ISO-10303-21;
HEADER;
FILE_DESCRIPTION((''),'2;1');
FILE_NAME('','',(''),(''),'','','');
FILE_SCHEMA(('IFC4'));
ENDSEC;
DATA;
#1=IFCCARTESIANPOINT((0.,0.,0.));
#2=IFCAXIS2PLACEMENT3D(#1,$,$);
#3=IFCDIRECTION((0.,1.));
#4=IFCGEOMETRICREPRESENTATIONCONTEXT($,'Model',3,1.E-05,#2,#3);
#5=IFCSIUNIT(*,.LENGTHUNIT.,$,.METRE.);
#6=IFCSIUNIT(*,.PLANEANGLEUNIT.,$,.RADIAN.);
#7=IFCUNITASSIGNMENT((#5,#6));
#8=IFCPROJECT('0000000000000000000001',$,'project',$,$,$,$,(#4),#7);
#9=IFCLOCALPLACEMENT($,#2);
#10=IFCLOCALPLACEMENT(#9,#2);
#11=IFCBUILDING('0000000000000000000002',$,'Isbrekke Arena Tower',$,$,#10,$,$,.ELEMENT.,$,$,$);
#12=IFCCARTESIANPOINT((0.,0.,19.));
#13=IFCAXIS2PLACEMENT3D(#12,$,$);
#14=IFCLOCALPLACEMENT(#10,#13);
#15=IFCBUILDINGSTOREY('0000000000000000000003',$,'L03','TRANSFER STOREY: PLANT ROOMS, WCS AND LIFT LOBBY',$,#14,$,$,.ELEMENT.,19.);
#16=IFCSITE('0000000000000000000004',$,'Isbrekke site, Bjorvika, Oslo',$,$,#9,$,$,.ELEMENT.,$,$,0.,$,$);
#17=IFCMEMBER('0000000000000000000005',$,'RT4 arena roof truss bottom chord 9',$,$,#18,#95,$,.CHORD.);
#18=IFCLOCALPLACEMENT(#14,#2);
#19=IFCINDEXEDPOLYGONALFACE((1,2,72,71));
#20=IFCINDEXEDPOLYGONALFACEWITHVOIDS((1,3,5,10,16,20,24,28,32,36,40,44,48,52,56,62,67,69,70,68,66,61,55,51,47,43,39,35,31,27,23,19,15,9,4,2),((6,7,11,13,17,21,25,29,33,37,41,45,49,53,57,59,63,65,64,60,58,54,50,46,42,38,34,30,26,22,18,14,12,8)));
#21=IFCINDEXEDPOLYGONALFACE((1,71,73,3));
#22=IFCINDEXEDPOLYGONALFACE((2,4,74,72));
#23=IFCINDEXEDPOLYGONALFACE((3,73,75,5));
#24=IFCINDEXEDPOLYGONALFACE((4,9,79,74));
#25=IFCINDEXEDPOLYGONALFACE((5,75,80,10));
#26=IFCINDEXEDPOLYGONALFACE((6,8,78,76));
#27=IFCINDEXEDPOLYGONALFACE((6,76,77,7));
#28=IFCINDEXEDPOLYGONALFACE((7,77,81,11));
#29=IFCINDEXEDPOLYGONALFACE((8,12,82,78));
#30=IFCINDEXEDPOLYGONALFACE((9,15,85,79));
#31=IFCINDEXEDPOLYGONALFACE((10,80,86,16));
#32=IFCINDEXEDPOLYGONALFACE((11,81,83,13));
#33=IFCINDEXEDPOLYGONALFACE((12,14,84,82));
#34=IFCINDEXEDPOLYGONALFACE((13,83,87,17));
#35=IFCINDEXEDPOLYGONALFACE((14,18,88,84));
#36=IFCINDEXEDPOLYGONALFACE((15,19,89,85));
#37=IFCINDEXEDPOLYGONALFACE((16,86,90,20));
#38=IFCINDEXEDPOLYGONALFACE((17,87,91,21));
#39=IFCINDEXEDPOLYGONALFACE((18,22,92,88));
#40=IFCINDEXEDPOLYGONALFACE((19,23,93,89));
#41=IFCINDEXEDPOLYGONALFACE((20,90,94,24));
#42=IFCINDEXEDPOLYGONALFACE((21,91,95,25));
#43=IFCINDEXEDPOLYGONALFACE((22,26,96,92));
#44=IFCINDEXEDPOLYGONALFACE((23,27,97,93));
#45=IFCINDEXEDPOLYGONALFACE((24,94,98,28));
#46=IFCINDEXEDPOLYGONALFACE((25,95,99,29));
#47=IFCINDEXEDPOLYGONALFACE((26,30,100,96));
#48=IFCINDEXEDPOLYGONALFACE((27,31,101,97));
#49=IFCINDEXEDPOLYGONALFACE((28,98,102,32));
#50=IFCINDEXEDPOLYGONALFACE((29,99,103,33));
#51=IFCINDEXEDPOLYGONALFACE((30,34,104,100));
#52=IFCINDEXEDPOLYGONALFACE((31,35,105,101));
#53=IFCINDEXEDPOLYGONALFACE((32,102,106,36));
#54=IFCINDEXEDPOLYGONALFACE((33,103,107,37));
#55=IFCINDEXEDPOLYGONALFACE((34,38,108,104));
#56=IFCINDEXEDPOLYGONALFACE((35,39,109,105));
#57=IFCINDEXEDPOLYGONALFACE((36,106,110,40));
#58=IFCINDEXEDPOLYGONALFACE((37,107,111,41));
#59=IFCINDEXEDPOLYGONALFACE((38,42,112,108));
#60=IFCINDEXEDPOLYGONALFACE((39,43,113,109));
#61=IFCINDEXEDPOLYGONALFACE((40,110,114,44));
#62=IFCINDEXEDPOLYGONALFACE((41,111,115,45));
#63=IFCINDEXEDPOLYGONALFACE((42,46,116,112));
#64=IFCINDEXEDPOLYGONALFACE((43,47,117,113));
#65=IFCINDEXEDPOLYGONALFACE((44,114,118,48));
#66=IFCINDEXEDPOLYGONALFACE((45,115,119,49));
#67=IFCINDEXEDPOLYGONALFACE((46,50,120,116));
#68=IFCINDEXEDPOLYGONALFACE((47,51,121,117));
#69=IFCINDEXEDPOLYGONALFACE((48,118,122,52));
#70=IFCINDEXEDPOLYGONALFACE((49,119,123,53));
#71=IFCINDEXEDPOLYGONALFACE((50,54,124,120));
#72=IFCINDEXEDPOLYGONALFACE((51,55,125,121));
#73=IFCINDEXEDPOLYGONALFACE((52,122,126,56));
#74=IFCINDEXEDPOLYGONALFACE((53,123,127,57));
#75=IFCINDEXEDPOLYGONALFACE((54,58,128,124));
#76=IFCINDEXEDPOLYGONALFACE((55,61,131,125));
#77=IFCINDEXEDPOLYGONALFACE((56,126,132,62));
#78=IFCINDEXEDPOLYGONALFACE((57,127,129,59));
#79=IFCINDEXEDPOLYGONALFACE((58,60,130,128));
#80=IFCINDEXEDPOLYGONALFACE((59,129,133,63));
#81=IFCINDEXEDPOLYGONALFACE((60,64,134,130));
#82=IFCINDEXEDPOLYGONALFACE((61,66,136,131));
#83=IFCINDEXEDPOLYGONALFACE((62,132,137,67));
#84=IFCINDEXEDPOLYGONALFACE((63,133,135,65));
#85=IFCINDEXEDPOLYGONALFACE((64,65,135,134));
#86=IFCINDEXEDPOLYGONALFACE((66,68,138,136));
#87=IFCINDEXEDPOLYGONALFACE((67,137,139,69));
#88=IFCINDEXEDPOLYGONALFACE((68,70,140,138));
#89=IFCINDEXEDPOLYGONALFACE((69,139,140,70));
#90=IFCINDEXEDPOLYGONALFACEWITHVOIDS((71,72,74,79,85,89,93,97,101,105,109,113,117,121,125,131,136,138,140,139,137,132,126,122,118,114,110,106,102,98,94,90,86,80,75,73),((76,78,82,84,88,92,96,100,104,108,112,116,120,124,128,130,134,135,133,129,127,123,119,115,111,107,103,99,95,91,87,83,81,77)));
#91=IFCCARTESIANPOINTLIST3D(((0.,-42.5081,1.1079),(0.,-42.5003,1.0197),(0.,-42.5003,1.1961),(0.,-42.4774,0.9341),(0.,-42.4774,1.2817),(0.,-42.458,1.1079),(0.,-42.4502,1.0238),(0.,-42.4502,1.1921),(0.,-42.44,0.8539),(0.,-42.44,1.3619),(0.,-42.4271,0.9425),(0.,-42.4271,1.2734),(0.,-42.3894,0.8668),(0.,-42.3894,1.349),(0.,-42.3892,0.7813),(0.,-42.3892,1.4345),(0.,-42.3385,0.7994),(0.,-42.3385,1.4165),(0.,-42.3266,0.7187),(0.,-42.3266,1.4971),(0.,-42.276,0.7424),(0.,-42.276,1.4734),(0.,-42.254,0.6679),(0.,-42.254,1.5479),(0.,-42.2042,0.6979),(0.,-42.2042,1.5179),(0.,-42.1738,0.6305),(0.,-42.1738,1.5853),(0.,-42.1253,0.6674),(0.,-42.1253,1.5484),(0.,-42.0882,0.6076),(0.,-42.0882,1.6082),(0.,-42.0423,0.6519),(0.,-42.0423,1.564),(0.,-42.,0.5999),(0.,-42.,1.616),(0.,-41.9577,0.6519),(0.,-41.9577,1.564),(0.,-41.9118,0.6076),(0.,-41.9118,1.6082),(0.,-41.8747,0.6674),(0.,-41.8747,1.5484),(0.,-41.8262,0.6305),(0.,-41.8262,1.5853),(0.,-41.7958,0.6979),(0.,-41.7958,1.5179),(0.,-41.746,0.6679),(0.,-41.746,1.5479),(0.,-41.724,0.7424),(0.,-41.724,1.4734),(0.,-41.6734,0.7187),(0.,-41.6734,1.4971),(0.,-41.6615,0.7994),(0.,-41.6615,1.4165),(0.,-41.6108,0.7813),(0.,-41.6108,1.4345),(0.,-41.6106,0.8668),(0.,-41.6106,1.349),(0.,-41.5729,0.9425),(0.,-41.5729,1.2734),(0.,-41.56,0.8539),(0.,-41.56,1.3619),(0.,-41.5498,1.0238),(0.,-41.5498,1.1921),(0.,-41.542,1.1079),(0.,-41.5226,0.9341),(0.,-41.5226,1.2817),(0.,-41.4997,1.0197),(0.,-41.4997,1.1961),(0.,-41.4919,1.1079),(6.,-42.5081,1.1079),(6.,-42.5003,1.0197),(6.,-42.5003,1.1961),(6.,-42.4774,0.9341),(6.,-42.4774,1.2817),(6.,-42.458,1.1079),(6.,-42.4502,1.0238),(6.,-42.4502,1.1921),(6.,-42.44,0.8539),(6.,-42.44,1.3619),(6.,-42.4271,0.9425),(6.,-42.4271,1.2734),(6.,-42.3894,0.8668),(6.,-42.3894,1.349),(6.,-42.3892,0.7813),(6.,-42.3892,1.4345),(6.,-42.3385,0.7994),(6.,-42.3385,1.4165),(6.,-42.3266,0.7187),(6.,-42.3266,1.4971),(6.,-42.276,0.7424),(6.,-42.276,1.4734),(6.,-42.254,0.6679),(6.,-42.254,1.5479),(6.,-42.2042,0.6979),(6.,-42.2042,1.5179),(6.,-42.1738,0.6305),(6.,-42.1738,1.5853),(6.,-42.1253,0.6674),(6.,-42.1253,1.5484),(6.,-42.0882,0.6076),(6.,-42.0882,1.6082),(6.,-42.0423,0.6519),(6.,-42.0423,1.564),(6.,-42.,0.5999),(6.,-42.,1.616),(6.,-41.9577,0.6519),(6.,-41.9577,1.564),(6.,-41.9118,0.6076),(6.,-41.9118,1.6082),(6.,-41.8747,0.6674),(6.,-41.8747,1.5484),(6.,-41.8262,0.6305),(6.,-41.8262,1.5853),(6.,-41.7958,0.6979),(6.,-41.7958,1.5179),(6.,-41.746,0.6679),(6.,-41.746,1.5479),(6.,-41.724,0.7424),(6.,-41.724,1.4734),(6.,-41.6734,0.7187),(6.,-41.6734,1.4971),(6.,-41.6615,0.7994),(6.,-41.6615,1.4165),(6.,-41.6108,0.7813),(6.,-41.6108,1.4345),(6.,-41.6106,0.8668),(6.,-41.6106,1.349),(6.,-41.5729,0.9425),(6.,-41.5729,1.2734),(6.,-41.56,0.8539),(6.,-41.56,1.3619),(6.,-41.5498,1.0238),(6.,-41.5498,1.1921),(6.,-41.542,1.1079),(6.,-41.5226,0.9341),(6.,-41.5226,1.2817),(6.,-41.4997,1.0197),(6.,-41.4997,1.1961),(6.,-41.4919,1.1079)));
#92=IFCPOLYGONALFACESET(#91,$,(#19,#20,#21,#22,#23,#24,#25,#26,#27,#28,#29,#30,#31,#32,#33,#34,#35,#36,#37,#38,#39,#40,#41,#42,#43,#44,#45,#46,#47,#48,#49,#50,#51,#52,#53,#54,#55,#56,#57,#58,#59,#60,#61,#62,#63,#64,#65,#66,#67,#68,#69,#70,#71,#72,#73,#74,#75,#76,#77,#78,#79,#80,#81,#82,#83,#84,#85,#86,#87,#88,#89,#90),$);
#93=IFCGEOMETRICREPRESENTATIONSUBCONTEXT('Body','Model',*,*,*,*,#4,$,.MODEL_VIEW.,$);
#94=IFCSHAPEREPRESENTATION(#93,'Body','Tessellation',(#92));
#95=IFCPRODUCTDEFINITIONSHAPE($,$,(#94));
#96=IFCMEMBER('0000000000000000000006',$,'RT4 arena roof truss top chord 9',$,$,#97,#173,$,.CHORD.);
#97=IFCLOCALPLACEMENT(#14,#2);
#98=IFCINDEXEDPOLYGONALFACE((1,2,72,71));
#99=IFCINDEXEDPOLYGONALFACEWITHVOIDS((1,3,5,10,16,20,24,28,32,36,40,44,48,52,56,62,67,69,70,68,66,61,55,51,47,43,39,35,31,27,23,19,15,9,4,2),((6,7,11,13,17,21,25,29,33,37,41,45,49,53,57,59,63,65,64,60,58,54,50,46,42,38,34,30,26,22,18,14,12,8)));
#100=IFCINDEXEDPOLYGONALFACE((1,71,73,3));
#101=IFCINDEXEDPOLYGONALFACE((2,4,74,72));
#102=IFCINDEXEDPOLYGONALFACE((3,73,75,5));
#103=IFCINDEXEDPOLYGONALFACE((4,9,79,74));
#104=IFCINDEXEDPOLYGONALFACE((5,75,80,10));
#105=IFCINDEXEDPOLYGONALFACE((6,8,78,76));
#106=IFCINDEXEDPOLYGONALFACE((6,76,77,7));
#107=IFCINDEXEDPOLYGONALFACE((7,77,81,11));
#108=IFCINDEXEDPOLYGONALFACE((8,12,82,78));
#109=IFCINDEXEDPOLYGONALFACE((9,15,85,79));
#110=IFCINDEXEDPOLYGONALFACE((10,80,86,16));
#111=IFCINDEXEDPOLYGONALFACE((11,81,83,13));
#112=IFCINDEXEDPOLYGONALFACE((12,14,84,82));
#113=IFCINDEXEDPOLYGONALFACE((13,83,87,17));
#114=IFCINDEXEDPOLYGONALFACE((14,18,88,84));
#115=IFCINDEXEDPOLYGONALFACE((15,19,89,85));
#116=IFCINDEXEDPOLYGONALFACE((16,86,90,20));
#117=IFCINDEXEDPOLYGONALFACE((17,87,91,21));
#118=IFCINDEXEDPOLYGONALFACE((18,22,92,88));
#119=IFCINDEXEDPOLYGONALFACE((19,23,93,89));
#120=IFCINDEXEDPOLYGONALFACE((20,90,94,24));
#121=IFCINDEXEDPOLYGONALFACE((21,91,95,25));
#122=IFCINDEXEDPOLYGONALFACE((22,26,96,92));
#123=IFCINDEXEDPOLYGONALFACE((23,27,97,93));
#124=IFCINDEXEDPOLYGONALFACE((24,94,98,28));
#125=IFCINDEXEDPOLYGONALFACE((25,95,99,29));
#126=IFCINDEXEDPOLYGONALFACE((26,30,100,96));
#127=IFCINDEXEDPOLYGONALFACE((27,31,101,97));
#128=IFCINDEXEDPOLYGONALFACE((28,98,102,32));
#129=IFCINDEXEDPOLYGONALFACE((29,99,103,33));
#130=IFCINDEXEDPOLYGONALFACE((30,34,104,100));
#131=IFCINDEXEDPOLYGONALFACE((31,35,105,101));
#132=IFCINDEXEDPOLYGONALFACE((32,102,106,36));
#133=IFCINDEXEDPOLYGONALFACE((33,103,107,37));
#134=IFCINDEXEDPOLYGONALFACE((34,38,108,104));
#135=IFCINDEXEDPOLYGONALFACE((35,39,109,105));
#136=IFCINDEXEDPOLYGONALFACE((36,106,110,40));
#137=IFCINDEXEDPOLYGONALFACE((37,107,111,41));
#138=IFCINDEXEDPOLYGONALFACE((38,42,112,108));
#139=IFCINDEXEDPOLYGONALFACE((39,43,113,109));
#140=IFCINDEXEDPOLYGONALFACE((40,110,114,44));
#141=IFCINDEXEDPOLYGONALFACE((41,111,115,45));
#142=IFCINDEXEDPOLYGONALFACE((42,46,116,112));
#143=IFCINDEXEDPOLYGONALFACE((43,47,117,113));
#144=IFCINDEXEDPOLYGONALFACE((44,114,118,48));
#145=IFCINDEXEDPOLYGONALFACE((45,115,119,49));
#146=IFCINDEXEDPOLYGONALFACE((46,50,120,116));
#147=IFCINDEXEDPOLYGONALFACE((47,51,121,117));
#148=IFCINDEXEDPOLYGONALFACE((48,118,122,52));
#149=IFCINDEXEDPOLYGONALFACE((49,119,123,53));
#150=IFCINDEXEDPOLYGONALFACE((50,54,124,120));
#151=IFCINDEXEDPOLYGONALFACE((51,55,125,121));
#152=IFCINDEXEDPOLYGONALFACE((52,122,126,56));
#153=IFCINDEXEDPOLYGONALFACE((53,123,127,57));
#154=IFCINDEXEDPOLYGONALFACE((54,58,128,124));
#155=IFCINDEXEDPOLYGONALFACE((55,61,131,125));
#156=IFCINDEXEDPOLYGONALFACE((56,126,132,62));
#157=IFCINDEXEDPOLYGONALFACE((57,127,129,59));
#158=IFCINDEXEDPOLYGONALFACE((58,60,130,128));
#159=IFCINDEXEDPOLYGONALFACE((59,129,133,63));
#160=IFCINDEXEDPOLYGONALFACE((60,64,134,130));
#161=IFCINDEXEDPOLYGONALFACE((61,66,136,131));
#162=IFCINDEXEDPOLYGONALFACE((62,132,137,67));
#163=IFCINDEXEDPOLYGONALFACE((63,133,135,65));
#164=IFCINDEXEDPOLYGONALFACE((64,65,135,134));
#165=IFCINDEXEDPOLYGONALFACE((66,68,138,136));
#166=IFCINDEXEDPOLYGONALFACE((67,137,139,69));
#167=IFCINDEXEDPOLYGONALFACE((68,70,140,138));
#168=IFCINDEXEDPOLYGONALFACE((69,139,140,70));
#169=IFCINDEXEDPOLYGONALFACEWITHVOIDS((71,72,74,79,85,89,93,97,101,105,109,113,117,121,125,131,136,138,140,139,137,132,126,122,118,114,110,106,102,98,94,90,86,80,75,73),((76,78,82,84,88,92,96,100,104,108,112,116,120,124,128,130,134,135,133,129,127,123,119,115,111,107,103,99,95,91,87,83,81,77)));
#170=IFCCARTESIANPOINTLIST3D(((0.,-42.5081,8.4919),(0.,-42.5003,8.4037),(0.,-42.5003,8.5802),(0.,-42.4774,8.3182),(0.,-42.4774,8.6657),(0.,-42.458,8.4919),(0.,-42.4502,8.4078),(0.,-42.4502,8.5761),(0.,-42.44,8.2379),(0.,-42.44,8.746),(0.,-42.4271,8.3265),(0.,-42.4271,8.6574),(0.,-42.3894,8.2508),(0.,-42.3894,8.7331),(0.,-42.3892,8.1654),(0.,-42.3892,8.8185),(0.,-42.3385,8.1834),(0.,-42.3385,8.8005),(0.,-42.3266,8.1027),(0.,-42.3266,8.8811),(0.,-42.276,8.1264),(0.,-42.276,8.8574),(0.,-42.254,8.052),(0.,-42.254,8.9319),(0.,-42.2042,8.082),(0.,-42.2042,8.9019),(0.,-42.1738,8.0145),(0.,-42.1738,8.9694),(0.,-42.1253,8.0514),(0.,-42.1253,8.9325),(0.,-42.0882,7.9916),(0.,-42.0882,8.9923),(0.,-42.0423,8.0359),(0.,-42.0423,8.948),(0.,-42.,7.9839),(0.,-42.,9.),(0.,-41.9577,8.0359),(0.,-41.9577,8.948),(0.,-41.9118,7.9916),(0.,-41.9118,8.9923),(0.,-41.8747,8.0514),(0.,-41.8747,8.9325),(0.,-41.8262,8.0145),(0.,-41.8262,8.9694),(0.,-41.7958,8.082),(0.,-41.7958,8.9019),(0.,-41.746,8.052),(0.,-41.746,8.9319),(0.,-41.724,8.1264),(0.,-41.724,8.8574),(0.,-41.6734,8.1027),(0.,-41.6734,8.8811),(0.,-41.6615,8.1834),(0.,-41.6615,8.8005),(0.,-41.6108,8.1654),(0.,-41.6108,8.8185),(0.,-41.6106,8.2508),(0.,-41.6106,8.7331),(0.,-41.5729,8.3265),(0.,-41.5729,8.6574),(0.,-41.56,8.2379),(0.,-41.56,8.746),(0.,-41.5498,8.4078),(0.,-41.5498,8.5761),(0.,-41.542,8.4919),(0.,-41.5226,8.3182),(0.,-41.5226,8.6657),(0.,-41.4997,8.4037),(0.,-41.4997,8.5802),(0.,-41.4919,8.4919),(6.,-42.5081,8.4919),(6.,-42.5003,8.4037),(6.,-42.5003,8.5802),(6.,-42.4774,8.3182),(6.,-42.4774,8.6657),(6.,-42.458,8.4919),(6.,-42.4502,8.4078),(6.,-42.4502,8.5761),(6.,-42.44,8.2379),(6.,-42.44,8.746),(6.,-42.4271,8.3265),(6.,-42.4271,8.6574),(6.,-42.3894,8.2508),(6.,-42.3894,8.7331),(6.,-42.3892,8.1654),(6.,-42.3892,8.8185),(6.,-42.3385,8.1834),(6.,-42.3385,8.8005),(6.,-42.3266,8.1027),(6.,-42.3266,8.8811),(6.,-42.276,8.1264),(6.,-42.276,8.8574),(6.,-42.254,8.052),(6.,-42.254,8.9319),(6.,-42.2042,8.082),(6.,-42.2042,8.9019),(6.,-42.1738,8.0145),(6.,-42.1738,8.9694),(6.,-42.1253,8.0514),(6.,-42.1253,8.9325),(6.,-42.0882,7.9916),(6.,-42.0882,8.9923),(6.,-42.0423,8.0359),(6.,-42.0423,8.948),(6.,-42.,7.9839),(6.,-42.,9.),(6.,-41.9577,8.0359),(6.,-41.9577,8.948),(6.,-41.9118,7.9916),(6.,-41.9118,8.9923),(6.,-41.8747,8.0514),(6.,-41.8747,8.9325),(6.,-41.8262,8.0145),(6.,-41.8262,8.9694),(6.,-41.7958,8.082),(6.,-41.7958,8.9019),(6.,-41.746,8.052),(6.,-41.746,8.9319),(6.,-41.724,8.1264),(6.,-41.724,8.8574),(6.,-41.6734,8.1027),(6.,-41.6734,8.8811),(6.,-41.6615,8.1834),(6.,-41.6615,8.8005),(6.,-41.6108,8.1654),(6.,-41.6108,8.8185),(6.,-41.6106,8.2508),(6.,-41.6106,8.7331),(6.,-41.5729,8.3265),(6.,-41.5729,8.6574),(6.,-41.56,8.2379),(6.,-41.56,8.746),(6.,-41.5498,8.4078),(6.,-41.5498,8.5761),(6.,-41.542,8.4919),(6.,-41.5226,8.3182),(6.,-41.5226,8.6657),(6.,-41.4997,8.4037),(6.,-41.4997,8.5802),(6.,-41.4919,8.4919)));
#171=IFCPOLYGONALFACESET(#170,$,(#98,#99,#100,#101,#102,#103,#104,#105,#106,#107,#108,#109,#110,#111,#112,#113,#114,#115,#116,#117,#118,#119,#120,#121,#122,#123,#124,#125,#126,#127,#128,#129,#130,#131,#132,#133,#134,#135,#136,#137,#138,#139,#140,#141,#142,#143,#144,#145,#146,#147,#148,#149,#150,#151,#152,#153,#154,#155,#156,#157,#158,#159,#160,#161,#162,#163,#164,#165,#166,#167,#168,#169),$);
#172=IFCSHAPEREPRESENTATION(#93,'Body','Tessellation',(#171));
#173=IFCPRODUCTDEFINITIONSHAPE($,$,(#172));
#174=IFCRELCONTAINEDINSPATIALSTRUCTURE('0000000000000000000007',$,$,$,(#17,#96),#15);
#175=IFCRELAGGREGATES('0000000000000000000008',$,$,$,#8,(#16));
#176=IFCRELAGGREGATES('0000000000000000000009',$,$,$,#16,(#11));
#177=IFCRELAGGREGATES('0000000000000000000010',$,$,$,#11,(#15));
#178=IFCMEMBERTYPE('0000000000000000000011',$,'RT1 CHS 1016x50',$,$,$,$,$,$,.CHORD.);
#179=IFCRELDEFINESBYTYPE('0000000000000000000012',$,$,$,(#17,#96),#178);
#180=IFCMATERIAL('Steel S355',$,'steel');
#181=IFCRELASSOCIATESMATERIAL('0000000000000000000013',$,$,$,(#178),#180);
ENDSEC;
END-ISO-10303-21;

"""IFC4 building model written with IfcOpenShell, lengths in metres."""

from ifc_helpers import new_model, si_unit, direction, frame, origin, origin_2d, place, context, subcontext, project, spatial, hollow_circle, extrude, material, material_profile, profile_set, type_object, element, save


model = new_model("IFC4")

# Units and contexts
model_context = context("Model", 3, precision=1e-05, world=origin(), true_north=direction((0.0, 1.0)))
body_context = subcontext(model_context, "Body", "Model", "MODEL_VIEW")
ifc_project = project(units=[si_unit("LENGTHUNIT", "METRE"), si_unit("PLANEANGLEUNIT", "RADIAN")], contexts=[model_context])

# Site, building, storey
site_placement = place(None, origin())
site = spatial("IfcSite", under=ifc_project, at=site_placement, Name="Isbrekke site, Bjorvika, Oslo", CompositionType="ELEMENT", RefElevation=0.0)
building_placement = place(site_placement, origin())
building = spatial("IfcBuilding", under=site, at=building_placement, Name="Isbrekke Arena Tower", CompositionType="ELEMENT")
storey_placement = place(building_placement, frame((0.0, 0.0, 19.0)))
storey = spatial("IfcBuildingStorey", under=building, at=storey_placement, Name="L03", Description="TRANSFER STOREY: PLANT ROOMS, WCS AND LIFT LOBBY", CompositionType="ELEMENT", Elevation=19.0)

# Members
ifc_material_1 = material(Name="Steel S355", Category="steel")
ifc_material_profile_1 = material_profile(ifc_material_1, hollow_circle(Radius=0.5081, WallThickness=0.05, at=origin_2d()), Name="CHS 1016x50")
ifc_profile_set_1 = profile_set([ifc_material_profile_1], Name="Steel S355")
member_type_1 = type_object("IfcMemberType", Name="RT1 CHS 1016x50", PredefinedType="CHORD", material=ifc_profile_set_1)
for number, where, z_axis, x_axis, name in (
    (1, (0.0, -42.0, 1.1079), (1.0, 0.0, 0.0), (0.0, 1.0, 0.0), "RT4 arena roof truss bottom chord 9"),
    (2, (0.0, -42.0, 8.4919), (1.0, 0.0, 0.0), (0.0, 1.0, 0.0), "RT4 arena roof truss top chord 9"),
):
    element("IfcMember", number, at=place(storey_placement, frame(where, z_axis=z_axis, x_axis=x_axis)), inside=storey, type_object=member_type_1, Name=name, PredefinedType="CHORD", context=body_context, shape_type="SweptSolid", body=[
        extrude(hollow_circle(Radius=0.5081, WallThickness=0.05, at=origin_2d()), origin(), (0.0, 0.0, 1.0), 6.0),
    ])

save(model, "model.ifc")
